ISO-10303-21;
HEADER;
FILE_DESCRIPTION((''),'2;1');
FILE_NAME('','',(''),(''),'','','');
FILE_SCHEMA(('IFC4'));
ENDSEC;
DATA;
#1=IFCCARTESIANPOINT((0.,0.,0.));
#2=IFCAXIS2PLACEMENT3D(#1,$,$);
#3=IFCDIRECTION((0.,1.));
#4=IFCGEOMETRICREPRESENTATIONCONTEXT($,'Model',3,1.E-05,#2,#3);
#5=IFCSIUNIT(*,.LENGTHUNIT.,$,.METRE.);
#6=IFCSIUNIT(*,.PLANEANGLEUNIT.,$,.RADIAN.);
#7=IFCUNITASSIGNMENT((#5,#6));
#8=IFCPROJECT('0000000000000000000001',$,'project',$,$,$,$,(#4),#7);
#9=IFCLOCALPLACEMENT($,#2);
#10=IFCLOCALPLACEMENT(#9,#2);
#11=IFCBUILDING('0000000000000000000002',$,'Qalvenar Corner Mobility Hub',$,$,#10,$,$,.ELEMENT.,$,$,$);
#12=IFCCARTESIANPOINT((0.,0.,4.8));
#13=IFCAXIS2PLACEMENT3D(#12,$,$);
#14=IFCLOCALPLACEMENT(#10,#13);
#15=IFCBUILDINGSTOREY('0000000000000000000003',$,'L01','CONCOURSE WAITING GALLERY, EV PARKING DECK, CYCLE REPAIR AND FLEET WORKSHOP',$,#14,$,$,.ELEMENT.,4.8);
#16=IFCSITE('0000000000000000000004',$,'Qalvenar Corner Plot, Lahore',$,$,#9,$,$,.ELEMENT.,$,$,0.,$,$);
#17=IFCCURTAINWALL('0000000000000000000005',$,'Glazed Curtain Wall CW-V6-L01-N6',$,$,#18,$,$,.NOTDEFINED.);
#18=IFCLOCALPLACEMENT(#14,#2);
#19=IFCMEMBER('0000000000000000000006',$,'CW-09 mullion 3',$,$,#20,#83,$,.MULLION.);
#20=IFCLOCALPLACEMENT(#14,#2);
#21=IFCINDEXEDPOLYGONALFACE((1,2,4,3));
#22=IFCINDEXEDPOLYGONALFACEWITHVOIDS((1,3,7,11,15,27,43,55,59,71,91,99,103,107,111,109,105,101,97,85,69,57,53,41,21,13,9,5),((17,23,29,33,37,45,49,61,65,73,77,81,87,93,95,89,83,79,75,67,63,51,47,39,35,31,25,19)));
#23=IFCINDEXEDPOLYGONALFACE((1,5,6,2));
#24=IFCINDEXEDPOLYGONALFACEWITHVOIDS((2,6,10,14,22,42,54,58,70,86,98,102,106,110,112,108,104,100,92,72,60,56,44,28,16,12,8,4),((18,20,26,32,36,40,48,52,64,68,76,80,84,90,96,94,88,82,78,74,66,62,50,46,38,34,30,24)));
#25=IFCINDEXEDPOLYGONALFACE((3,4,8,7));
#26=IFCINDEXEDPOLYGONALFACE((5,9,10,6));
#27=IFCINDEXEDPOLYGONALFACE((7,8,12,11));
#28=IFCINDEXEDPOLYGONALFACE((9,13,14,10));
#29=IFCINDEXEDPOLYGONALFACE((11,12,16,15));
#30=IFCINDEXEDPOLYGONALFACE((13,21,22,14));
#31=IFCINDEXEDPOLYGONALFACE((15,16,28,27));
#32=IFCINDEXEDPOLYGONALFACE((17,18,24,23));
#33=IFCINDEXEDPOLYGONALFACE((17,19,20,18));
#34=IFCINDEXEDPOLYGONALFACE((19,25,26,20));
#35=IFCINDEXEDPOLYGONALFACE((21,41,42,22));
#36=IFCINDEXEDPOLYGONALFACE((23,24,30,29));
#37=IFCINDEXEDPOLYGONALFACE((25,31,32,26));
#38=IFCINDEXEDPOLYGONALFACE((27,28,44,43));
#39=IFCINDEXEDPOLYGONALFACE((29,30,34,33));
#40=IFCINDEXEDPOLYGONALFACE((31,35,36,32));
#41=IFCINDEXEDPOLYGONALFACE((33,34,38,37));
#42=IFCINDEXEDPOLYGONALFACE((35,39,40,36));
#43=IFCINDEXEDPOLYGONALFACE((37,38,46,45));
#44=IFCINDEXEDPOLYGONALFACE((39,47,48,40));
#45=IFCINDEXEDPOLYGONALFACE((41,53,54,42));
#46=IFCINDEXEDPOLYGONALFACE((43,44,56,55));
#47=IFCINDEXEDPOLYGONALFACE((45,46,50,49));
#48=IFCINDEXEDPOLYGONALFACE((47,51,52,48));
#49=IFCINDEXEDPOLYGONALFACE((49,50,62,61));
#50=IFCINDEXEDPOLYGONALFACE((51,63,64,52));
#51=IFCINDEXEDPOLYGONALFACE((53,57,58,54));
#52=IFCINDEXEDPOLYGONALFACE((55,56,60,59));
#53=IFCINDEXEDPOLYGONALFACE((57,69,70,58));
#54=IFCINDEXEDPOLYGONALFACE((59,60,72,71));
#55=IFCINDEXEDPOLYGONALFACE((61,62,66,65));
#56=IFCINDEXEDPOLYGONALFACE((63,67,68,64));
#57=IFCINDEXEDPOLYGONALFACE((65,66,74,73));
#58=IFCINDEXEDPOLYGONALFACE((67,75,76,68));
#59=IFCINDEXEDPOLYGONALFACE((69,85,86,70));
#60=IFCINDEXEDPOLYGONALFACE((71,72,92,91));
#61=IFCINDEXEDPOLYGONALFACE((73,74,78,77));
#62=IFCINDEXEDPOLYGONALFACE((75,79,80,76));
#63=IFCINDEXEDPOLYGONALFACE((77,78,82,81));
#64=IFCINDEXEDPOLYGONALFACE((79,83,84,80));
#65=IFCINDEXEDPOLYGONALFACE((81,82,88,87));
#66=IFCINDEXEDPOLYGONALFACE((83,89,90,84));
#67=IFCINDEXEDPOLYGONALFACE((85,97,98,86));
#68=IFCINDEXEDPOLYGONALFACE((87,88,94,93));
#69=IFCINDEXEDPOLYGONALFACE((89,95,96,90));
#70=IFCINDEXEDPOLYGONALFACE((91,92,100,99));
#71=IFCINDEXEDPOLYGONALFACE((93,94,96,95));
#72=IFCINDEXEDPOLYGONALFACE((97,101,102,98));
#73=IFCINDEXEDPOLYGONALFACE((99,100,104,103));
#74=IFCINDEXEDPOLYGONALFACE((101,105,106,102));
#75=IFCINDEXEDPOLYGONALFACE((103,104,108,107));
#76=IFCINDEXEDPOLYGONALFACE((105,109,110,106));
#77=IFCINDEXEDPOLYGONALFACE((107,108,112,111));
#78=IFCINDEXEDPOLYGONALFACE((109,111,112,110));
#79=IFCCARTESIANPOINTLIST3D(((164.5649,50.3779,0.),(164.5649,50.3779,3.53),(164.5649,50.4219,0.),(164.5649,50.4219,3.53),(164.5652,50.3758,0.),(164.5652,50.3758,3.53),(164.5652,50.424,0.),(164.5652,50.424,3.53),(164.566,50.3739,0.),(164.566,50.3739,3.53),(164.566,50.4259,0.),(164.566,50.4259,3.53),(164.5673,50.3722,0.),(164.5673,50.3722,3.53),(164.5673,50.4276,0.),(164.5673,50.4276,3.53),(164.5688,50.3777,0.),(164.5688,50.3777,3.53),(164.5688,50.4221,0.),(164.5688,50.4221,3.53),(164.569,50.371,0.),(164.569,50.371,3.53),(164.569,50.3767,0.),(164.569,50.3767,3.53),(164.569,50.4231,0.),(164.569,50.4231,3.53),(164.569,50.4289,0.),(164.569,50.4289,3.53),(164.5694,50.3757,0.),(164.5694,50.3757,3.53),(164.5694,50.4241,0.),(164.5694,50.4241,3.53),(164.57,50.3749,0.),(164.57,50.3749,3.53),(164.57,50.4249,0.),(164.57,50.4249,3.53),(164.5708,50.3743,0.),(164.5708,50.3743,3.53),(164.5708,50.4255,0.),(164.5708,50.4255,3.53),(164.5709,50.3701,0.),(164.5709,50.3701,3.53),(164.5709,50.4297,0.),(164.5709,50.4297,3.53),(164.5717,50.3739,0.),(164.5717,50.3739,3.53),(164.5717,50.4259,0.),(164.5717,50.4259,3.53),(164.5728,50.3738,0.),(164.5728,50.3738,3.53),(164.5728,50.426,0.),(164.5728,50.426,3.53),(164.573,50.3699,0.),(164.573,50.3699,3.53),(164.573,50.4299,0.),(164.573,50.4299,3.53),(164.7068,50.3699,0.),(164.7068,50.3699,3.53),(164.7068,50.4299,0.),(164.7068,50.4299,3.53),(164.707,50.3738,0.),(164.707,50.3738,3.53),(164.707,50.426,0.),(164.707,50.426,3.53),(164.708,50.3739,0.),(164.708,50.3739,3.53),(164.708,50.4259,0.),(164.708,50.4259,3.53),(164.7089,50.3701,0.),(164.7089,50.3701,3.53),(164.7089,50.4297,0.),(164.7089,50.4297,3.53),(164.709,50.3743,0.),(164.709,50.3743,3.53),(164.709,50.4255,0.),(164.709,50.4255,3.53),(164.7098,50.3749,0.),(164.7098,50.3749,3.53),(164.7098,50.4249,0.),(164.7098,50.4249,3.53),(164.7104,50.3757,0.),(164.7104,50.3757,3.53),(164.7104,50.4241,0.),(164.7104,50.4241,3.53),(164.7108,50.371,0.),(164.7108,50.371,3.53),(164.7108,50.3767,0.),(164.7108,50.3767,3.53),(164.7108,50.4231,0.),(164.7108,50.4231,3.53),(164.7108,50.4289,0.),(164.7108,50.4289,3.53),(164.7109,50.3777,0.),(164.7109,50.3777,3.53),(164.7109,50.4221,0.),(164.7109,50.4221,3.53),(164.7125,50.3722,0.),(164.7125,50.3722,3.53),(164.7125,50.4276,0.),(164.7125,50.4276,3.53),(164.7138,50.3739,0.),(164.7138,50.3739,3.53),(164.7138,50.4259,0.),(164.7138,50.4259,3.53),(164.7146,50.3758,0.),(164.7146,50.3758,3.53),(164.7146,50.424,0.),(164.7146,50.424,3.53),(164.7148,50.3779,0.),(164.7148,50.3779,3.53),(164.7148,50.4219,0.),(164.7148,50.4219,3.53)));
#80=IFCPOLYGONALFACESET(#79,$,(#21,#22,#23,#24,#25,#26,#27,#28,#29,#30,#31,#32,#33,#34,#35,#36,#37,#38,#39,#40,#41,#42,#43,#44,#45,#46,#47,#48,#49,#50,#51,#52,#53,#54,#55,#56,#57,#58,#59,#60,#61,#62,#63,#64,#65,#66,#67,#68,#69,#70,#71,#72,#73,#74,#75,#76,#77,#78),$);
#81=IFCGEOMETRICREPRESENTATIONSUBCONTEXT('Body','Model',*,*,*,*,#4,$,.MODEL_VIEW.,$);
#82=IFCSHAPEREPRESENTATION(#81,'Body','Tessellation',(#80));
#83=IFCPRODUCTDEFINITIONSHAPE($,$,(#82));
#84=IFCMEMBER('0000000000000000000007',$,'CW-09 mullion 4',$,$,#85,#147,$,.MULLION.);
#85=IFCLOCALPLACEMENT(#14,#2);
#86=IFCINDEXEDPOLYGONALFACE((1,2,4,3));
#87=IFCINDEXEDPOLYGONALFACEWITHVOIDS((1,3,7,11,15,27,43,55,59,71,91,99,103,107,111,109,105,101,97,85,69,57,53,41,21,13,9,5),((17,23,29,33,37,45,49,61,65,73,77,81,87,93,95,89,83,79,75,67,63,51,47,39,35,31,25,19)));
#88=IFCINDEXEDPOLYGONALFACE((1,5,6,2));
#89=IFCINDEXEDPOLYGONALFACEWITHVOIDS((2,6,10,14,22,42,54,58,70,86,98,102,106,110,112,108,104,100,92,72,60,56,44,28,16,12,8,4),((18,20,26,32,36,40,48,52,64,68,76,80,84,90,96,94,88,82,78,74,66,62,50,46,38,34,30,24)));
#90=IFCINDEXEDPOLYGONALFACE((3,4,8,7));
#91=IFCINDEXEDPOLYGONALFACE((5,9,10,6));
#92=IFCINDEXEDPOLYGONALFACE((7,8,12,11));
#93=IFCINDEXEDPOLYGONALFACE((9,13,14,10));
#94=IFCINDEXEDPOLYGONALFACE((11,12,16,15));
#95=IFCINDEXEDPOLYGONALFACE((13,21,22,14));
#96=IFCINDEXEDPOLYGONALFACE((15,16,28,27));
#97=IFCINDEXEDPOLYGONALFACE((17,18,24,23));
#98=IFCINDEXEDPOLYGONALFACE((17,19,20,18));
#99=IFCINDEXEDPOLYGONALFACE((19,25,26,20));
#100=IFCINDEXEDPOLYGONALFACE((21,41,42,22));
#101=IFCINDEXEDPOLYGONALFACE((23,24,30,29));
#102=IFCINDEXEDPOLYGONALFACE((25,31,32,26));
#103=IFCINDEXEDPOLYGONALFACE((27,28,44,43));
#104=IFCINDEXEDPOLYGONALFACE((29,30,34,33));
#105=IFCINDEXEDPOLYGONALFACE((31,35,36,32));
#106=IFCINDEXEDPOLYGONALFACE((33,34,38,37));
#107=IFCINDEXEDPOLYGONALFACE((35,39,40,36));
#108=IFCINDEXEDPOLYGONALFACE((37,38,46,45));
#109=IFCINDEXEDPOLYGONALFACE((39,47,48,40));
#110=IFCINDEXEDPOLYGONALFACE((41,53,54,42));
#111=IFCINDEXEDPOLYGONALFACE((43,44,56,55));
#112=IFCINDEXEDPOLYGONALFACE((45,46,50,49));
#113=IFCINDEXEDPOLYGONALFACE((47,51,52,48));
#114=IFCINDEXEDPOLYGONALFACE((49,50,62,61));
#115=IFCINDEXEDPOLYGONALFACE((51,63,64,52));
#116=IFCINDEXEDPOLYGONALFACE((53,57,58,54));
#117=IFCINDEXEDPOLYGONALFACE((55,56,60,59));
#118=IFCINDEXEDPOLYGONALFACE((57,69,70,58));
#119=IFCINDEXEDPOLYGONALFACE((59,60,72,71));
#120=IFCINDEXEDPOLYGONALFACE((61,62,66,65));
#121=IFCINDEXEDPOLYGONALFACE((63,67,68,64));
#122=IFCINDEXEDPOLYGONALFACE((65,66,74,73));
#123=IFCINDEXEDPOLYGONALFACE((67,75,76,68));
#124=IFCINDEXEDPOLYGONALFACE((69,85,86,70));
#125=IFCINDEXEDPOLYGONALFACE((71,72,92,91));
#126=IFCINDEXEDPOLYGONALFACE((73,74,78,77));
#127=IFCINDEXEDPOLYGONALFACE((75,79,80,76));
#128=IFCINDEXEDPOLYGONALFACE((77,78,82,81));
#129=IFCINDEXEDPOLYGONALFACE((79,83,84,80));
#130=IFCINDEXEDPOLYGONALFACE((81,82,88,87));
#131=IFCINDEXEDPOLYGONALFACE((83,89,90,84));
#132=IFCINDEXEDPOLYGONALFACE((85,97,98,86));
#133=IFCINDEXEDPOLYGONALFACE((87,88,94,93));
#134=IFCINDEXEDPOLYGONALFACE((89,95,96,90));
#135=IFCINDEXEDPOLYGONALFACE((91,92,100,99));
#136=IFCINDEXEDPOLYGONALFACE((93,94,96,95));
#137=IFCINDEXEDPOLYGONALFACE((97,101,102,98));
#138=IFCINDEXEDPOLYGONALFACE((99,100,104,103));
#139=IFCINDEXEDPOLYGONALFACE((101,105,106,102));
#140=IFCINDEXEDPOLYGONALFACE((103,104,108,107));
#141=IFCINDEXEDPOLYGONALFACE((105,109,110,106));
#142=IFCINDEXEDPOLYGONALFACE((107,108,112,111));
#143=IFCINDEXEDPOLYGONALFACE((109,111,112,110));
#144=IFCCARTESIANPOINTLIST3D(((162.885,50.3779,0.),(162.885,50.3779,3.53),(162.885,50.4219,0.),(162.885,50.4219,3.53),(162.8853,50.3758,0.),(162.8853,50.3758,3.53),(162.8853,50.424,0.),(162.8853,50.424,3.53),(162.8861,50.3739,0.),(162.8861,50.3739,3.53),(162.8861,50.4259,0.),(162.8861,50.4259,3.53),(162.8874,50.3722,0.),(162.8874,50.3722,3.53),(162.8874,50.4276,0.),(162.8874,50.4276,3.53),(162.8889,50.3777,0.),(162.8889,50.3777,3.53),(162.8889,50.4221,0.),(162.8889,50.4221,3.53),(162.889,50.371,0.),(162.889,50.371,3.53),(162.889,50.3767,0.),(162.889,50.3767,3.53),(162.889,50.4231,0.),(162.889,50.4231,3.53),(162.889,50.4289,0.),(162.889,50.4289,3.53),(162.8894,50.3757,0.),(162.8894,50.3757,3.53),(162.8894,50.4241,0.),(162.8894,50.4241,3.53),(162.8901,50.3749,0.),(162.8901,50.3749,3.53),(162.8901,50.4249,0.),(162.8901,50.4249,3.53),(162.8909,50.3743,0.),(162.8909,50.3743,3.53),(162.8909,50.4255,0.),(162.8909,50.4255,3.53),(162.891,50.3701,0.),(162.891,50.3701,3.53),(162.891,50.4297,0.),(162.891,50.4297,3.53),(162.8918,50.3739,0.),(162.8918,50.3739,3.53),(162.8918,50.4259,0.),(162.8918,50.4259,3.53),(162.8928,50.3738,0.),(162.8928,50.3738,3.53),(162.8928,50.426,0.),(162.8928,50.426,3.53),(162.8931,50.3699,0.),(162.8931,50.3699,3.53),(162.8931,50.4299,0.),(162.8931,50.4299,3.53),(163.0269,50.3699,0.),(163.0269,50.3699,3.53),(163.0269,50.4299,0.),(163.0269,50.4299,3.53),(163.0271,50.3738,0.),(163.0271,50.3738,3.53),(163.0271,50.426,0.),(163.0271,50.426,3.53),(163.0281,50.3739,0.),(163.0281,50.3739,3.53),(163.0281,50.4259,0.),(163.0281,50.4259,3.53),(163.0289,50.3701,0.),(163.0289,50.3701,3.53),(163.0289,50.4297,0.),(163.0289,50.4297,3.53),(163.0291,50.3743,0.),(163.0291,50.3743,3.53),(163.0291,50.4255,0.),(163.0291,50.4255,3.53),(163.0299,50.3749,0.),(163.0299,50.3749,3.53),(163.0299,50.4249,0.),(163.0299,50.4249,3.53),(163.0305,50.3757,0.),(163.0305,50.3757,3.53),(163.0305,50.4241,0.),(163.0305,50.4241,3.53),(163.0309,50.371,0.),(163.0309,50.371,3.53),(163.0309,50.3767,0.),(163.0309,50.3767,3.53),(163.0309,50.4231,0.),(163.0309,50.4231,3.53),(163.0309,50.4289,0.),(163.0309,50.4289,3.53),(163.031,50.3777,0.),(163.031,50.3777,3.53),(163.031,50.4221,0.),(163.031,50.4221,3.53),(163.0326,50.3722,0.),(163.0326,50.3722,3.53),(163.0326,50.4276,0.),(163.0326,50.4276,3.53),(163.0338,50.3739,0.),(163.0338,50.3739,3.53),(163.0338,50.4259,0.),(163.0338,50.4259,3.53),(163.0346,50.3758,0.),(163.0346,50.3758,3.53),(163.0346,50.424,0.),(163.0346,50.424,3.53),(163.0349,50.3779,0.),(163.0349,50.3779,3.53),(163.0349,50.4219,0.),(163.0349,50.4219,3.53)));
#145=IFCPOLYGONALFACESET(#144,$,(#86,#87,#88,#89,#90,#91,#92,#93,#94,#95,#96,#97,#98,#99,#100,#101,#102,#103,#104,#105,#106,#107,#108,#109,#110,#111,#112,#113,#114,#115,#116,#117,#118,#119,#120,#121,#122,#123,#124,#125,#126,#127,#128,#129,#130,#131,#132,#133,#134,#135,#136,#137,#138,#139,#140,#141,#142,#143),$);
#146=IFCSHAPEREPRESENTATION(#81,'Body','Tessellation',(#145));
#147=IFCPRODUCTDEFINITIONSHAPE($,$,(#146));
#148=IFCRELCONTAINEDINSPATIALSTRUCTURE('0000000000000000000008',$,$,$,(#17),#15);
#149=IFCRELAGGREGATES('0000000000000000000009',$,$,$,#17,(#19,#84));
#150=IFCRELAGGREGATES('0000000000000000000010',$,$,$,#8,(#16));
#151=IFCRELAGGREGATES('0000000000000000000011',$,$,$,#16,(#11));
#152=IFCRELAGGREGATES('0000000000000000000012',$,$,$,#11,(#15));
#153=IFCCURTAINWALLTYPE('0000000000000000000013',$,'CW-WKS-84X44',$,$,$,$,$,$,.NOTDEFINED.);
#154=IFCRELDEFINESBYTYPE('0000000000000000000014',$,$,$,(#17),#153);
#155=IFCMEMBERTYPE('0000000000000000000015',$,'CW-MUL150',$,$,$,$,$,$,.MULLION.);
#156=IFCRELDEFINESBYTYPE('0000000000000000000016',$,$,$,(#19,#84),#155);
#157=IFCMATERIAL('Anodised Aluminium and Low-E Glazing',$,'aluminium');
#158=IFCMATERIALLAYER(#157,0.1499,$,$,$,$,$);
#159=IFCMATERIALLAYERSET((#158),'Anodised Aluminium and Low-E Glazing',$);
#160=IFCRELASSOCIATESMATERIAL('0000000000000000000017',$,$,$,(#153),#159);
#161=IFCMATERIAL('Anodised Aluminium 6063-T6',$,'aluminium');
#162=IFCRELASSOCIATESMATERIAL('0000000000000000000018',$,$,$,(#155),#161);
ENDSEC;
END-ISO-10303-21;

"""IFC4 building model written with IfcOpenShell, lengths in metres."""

from ifc_helpers import new_model, si_unit, direction, frame, origin, origin_2d, place, context, subcontext, project, spatial, hollow_rectangle, extrude, material, layer, layer_set, material_profile, profile_set, type_object, element, aggregate, save


model = new_model("IFC4")

# Units and contexts
model_context = context("Model", 3, precision=1e-05, world=origin(), true_north=direction((0.0, 1.0)))
body_context = subcontext(model_context, "Body", "Model", "MODEL_VIEW")
ifc_project = project(units=[si_unit("LENGTHUNIT", "METRE"), si_unit("PLANEANGLEUNIT", "RADIAN")], contexts=[model_context])

# Site, building, storey
site_placement = place(None, origin())
site = spatial("IfcSite", under=ifc_project, at=site_placement, Name="Qalvenar Corner Plot, Lahore", CompositionType="ELEMENT", RefElevation=0.0)
building_placement = place(site_placement, origin())
building = spatial("IfcBuilding", under=site, at=building_placement, Name="Qalvenar Corner Mobility Hub", CompositionType="ELEMENT")
storey_placement = place(building_placement, frame((0.0, 0.0, 4.8)))
storey = spatial("IfcBuildingStorey", under=building, at=storey_placement, Name="L01", Description="CONCOURSE WAITING GALLERY, EV PARKING DECK, CYCLE REPAIR AND FLEET WORKSHOP", CompositionType="ELEMENT", Elevation=4.8)

# Curtain wall, members
ifc_material_1 = material(Name="Anodised Aluminium and Low-E Glazing", Category="aluminium")
ifc_layer_1 = layer(ifc_material_1, 0.1499)
ifc_layer_set_1 = layer_set([ifc_layer_1], Name="Anodised Aluminium and Low-E Glazing")
curtain_wall_type = type_object("IfcCurtainWallType", Name="CW-WKS-84X44", PredefinedType="NOTDEFINED", material=ifc_layer_set_1)
curtain_wall_placement = place(storey_placement, origin())
curtain_wall = element("IfcCurtainWall", 1, at=curtain_wall_placement, inside=storey, type_object=curtain_wall_type, Name="Glazed Curtain Wall CW-V6-L01-N6", PredefinedType="NOTDEFINED")
ifc_material_2 = material(Name="Anodised Aluminium 6063-T6", Category="aluminium")
ifc_material_profile_1 = material_profile(ifc_material_2, hollow_rectangle(XDim=0.0601, YDim=0.1499, WallThickness=0.0039, InnerFilletRadius=0.0039, OuterFilletRadius=0.0081, at=origin_2d()), Name="RHS150x60x4")
ifc_profile_set_1 = profile_set([ifc_material_profile_1], Name="Anodised Aluminium 6063-T6")
member_type_1 = type_object("IfcMemberType", Name="CW-MUL150", PredefinedType="MULLION", material=ifc_profile_set_1)
member_1_placement = place(storey_placement, frame((164.6399, 50.3999, 0.0), z_axis=(0.0, 0.0, 1.0), x_axis=(0.0, -1.0, 0.0)))
member_1 = element("IfcMember", 2, at=member_1_placement, type_object=member_type_1, Name="CW-09 mullion 3", PredefinedType="MULLION", context=body_context, shape_type="SweptSolid", body=[
    extrude(hollow_rectangle(XDim=0.0601, YDim=0.1499, WallThickness=0.0039, InnerFilletRadius=0.0039, OuterFilletRadius=0.0081, at=origin_2d()), origin(), (0.0, 0.0, 1.0), 3.53),
])
member_2_placement = place(storey_placement, frame((162.96, 50.3999, 0.0), z_axis=(0.0, 0.0, 1.0), x_axis=(0.0, -1.0, 0.0)))
member_2 = element("IfcMember", 3, at=member_2_placement, type_object=member_type_1, Name="CW-09 mullion 4", PredefinedType="MULLION", context=body_context, shape_type="SweptSolid", body=[
    extrude(hollow_rectangle(XDim=0.0601, YDim=0.1499, WallThickness=0.0039, InnerFilletRadius=0.0039, OuterFilletRadius=0.0081, at=origin_2d()), origin(), (0.0, 0.0, 1.0), 3.53),
])
aggregate(curtain_wall, [member_1, member_2])

save(model, "model.ifc")
